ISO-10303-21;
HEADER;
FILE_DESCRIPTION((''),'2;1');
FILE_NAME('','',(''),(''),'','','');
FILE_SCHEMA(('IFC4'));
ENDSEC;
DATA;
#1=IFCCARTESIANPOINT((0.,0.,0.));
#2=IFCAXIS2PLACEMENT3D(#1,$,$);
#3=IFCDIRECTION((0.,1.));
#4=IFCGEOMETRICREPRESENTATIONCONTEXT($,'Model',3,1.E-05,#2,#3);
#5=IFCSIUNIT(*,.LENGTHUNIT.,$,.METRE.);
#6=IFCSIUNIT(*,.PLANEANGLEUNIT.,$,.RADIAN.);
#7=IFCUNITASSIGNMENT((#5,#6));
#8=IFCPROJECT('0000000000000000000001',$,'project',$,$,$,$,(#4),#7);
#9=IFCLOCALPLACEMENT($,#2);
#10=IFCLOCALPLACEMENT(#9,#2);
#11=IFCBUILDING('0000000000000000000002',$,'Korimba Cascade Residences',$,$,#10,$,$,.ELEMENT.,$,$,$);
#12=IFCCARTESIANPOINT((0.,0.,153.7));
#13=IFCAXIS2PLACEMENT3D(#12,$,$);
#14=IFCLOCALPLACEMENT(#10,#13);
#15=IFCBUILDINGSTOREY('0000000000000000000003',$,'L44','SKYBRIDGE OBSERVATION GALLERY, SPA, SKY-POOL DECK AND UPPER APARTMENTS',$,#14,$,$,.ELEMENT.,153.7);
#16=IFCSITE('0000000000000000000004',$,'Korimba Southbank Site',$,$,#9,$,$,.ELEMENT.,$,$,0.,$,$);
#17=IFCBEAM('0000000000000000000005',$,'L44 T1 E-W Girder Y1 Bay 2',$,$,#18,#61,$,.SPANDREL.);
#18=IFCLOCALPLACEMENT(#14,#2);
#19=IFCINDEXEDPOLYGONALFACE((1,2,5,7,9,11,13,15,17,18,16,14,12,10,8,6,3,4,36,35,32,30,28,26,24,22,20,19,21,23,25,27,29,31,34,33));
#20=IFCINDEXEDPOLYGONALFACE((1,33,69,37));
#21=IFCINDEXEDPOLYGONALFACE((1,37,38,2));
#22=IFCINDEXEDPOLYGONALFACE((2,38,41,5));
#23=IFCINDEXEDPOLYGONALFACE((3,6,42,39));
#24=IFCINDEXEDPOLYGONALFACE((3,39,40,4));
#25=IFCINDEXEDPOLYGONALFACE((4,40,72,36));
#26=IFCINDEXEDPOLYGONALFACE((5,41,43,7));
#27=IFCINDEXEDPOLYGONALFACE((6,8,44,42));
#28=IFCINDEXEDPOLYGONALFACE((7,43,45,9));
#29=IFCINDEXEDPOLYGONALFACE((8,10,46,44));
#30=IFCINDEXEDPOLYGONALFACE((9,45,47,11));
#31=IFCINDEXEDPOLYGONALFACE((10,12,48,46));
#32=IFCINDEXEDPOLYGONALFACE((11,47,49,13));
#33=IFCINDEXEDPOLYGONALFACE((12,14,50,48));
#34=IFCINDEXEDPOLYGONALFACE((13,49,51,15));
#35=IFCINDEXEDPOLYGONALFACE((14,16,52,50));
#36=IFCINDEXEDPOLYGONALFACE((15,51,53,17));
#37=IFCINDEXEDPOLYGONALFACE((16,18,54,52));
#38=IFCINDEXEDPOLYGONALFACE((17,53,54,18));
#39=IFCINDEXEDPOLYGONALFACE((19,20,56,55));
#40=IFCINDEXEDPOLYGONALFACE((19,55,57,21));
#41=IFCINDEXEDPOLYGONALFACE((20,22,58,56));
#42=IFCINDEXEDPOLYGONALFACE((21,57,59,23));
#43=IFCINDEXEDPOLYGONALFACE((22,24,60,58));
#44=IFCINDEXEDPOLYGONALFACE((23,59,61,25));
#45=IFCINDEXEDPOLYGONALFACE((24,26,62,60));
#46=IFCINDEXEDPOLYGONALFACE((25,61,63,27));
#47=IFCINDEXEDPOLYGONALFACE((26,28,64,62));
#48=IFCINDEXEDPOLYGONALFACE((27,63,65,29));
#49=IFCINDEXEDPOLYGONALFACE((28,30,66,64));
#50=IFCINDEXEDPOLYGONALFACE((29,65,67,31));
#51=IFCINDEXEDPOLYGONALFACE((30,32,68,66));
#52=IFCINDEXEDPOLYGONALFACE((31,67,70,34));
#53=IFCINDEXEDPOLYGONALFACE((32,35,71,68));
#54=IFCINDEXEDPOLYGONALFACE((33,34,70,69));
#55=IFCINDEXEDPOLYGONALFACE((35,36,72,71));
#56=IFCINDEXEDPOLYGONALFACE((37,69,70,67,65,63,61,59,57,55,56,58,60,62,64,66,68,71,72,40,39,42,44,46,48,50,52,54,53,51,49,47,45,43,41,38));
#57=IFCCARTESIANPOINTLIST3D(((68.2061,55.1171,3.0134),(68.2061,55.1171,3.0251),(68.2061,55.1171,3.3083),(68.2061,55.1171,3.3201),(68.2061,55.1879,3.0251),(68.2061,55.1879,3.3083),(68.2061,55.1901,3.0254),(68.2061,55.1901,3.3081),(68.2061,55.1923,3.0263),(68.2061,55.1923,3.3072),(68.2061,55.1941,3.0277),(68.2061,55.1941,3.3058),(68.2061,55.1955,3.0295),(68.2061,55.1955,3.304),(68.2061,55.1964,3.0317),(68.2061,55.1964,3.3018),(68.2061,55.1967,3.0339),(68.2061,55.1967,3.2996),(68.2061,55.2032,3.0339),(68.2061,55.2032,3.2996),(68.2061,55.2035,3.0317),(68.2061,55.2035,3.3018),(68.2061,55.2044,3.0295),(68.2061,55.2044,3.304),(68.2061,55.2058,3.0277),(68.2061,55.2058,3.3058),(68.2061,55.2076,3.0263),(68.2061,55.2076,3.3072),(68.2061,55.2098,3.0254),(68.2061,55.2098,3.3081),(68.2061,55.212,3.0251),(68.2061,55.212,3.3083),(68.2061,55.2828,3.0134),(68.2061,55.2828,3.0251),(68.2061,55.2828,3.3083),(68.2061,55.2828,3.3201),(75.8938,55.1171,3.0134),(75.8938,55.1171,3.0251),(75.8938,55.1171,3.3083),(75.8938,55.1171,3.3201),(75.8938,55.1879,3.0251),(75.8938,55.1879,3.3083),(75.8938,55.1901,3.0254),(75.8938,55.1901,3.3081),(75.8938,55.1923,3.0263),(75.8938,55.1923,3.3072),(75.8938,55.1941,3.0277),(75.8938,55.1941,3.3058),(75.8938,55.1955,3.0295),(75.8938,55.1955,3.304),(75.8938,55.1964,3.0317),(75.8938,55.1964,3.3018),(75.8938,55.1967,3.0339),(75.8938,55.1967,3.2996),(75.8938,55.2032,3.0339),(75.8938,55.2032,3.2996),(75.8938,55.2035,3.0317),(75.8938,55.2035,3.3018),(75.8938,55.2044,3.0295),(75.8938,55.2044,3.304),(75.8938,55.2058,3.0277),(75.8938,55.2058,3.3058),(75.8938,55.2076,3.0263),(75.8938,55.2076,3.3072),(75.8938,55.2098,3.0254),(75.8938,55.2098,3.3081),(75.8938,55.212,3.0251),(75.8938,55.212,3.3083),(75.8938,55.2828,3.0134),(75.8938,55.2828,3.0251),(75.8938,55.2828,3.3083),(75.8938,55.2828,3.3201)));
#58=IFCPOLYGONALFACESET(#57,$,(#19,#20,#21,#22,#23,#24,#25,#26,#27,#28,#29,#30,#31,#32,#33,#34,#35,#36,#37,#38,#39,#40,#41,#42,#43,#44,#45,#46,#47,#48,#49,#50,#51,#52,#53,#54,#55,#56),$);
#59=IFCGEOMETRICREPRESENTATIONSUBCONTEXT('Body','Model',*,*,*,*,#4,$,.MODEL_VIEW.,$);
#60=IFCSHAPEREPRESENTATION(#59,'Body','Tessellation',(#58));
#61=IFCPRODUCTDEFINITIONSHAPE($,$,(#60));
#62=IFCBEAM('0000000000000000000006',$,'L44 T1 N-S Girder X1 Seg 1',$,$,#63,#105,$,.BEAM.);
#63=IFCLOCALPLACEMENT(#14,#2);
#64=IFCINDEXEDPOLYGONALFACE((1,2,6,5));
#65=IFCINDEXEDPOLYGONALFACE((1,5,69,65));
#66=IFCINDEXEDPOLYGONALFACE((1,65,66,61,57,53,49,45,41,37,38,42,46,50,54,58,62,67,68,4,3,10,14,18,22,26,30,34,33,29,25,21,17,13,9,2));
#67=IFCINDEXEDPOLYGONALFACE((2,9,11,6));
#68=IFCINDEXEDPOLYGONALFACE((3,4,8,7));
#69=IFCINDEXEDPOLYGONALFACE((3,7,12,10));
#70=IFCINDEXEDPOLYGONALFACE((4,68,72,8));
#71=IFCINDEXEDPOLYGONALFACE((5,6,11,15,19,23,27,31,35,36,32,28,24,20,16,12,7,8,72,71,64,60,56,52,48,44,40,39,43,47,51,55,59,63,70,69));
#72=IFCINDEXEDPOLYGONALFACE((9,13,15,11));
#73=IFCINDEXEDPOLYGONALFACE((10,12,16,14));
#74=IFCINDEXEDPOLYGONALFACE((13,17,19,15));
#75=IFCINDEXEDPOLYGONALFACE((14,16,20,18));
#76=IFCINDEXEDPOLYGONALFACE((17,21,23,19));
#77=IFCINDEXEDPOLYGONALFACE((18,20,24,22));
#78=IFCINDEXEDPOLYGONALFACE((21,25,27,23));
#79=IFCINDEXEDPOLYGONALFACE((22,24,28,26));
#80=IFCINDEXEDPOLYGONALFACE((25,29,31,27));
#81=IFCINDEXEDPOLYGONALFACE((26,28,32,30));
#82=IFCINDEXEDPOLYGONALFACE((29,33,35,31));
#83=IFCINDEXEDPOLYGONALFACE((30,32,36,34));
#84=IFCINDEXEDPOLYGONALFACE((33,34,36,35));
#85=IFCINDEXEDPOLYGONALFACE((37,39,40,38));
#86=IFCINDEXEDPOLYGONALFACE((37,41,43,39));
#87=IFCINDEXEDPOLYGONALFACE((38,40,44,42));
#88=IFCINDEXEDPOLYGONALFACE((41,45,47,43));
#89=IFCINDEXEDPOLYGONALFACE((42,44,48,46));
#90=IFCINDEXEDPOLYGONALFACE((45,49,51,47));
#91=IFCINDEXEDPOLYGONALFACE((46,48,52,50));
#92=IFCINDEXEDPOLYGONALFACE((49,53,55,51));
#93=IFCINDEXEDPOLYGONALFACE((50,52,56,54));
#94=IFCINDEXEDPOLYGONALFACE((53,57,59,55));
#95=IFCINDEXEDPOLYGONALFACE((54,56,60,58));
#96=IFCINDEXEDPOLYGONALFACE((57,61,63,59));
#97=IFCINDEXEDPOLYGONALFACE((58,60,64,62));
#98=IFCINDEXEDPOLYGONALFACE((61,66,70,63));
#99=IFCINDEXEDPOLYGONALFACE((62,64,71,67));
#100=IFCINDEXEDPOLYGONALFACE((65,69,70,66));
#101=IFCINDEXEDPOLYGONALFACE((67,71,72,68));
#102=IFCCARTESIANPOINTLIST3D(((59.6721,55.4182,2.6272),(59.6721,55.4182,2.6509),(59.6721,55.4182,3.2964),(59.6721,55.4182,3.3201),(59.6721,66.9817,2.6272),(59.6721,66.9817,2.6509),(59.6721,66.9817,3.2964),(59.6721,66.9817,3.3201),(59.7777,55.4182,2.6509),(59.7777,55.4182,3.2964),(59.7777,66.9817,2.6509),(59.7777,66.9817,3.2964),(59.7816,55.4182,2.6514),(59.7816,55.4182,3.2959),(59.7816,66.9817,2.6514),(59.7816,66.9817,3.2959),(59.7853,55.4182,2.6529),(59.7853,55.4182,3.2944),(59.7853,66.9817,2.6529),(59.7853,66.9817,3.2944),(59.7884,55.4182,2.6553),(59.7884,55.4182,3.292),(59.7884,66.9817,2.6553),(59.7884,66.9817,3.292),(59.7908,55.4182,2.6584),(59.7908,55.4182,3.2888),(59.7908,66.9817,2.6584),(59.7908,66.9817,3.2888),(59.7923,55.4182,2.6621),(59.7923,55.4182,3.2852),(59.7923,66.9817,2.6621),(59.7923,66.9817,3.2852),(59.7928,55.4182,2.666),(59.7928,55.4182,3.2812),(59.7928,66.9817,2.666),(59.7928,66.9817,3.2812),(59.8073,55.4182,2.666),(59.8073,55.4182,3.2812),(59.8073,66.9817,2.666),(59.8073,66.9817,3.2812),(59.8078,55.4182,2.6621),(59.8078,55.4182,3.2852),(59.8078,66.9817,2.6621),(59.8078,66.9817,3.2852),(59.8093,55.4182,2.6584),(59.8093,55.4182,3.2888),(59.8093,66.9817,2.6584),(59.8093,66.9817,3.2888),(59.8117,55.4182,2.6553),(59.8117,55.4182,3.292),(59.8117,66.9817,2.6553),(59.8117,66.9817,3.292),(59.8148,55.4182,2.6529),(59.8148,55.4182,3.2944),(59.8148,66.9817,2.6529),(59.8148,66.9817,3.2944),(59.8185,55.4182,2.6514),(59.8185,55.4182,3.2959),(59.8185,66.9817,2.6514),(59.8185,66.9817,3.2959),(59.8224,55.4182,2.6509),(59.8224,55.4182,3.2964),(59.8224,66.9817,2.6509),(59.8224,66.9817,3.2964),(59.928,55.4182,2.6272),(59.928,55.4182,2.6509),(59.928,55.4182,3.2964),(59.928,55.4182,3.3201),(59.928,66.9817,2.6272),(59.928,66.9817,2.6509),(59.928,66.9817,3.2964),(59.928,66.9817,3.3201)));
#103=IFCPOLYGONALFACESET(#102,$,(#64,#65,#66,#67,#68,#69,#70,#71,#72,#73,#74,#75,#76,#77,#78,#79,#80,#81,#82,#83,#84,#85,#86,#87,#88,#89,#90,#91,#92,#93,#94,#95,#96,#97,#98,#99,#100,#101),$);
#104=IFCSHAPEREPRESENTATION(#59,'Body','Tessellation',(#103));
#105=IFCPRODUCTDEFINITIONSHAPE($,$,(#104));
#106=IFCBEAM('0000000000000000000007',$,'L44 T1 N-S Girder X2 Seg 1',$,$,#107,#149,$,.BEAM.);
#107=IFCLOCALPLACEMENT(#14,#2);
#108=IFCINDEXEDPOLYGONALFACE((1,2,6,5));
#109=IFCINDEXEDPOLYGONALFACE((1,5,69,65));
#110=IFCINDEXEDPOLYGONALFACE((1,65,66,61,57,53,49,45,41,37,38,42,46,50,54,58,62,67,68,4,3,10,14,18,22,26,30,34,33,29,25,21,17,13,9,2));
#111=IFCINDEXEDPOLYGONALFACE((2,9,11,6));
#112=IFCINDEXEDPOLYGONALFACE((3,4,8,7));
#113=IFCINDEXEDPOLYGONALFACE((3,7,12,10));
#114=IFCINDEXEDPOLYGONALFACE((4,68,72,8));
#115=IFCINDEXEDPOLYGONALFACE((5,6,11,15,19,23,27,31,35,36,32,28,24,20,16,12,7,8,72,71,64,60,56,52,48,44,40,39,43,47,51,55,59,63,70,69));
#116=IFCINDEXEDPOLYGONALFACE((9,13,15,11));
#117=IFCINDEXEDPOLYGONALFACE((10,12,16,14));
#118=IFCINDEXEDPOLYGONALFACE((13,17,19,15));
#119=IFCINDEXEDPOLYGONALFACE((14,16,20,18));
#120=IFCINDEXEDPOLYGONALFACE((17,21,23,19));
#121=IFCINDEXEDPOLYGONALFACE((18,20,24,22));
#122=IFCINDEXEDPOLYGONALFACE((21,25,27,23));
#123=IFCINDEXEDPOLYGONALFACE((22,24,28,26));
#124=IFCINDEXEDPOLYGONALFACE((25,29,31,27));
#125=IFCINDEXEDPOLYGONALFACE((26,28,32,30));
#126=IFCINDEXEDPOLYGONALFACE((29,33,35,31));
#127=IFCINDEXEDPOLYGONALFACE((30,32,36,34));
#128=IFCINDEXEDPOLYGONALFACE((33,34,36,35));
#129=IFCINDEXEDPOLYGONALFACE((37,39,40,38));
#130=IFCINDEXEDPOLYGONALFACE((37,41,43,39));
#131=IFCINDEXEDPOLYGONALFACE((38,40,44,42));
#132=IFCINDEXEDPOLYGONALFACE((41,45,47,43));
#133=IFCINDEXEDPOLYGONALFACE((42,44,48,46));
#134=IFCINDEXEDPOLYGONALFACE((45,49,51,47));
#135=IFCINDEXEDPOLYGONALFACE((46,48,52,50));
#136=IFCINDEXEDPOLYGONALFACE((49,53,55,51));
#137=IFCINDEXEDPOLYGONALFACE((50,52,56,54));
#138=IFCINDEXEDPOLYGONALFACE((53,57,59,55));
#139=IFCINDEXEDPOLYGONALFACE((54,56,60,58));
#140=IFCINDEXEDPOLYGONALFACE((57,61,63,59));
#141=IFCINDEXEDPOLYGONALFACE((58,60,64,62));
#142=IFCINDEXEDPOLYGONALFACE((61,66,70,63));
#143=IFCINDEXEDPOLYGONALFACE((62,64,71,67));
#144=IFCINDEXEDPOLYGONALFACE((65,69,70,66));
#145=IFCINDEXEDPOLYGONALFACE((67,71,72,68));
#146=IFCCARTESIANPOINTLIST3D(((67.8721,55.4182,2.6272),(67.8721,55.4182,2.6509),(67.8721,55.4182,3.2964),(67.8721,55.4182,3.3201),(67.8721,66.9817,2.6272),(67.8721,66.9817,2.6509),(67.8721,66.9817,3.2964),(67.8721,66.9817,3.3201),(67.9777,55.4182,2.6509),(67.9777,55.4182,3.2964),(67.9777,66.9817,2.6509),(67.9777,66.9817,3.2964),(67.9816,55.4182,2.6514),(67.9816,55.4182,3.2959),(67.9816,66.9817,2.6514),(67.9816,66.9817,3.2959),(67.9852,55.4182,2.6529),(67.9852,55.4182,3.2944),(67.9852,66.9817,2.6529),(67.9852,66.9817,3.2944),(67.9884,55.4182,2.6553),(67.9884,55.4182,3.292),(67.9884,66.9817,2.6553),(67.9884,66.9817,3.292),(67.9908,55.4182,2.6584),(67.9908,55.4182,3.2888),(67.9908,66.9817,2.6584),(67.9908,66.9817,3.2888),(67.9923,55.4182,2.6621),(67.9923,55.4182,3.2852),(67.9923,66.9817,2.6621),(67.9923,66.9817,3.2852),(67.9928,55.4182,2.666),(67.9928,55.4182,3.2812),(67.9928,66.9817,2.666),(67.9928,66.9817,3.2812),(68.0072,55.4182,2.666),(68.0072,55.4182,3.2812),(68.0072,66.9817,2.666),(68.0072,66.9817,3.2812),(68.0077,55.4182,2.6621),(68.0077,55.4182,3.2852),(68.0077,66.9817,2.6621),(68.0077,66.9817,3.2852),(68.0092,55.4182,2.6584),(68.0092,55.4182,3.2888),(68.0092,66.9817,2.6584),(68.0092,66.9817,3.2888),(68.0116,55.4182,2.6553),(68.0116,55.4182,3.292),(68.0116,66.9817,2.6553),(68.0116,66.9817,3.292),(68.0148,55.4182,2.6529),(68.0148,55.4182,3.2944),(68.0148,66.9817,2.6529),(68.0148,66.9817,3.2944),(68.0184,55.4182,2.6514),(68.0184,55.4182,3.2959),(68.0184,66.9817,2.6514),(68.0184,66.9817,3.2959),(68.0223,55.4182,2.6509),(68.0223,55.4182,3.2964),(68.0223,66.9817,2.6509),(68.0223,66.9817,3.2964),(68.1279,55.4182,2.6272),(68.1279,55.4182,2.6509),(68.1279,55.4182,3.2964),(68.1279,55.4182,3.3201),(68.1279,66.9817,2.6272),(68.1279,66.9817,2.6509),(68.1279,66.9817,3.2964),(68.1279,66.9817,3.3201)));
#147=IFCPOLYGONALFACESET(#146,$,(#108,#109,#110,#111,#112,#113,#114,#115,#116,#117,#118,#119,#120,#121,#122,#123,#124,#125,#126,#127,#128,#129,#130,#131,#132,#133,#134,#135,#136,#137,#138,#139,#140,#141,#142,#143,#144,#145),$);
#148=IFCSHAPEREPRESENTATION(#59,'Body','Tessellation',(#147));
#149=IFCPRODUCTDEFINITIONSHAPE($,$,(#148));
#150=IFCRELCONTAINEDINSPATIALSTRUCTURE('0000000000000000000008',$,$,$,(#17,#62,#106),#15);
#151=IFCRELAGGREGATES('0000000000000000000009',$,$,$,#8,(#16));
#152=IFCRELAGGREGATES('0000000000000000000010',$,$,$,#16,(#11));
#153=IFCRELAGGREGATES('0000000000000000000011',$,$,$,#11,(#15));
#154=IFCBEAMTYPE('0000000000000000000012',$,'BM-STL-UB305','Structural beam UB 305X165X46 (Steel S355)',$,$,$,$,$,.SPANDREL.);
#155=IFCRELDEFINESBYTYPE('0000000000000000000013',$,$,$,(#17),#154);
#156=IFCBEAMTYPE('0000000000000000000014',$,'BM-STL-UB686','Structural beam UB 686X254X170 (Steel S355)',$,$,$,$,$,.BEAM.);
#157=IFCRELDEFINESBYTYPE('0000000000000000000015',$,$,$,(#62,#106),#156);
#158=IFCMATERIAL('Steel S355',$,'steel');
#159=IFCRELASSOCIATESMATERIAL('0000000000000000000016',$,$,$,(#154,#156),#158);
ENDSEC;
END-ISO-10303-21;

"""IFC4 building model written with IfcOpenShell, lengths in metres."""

from ifc_helpers import new_model, si_unit, direction, frame, origin, origin_2d, place, context, subcontext, project, spatial, i_section, extrude, material, material_profile, profile_set, type_object, element, save


model = new_model("IFC4")

# Units and contexts
model_context = context("Model", 3, precision=1e-05, world=origin(), true_north=direction((0.0, 1.0)))
body_context = subcontext(model_context, "Body", "Model", "MODEL_VIEW")
ifc_project = project(units=[si_unit("LENGTHUNIT", "METRE"), si_unit("PLANEANGLEUNIT", "RADIAN")], contexts=[model_context])

# Site, building, storey
site_placement = place(None, origin())
site = spatial("IfcSite", under=ifc_project, at=site_placement, Name="Korimba Southbank Site", CompositionType="ELEMENT", RefElevation=0.0)
building_placement = place(site_placement, origin())
building = spatial("IfcBuilding", under=site, at=building_placement, Name="Korimba Cascade Residences", CompositionType="ELEMENT")
storey_placement = place(building_placement, frame((0.0, 0.0, 153.7)))
storey = spatial("IfcBuildingStorey", under=building, at=storey_placement, Name="L44", Description="SKYBRIDGE OBSERVATION GALLERY, SPA, SKY-POOL DECK AND UPPER APARTMENTS", CompositionType="ELEMENT", Elevation=153.7)

# Beams
ifc_material_1 = material(Name="Steel S355", Category="steel")
ifc_material_profile_1 = material_profile(ifc_material_1, i_section(OverallWidth=0.1658, OverallDepth=0.3066, WebThickness=0.0066, FlangeThickness=0.0117, FilletRadius=0.0088, at=origin_2d()), Name="Steel S355")
ifc_profile_set_1 = profile_set([ifc_material_profile_1], Name="Steel S355")
beam_type_1 = type_object("IfcBeamType", Name="BM-STL-UB305", Description="Structural beam UB 305X165X46 (Steel S355)", PredefinedType="SPANDREL", material=ifc_profile_set_1)
beam_1_placement = place(storey_placement, frame((68.2061, 55.2, 3.1667), z_axis=(1.0, 0.0, 0.0), x_axis=(0.0, 1.0, 0.0)))
element("IfcBeam", 1, at=beam_1_placement, inside=storey, type_object=beam_type_1, Name="L44 T1 E-W Girder Y1 Bay 2", PredefinedType="SPANDREL", context=body_context, shape_type="SweptSolid", body=[
    extrude(i_section(OverallWidth=0.1658, OverallDepth=0.3066, WebThickness=0.0066, FlangeThickness=0.0117, FilletRadius=0.0088, at=origin_2d()), origin(), (0.0, 0.0, 1.0), 7.6877),
])
ifc_material_profile_2 = material_profile(ifc_material_1, i_section(OverallWidth=0.2559, OverallDepth=0.6929, WebThickness=0.0144, FlangeThickness=0.0237, FilletRadius=0.0151, at=origin_2d()), Name="Steel S355")
ifc_profile_set_2 = profile_set([ifc_material_profile_2], Name="Steel S355")
beam_type_2 = type_object("IfcBeamType", Name="BM-STL-UB686", Description="Structural beam UB 686X254X170 (Steel S355)", PredefinedType="BEAM", material=ifc_profile_set_2)
for number, where, z_axis, x_axis, name in (
    (2, (59.8, 55.4182, 2.9736), (0.0, 1.0, 0.0), (-1.0, 0.0, 0.0), "L44 T1 N-S Girder X1 Seg 1"),
    (3, (68.0, 55.4182, 2.9736), (0.0, 1.0, 0.0), (-1.0, 0.0, 0.0), "L44 T1 N-S Girder X2 Seg 1"),
):
    element("IfcBeam", number, at=place(storey_placement, frame(where, z_axis=z_axis, x_axis=x_axis)), inside=storey, type_object=beam_type_2, Name=name, PredefinedType="BEAM", context=body_context, shape_type="SweptSolid", body=[
        extrude(i_section(OverallWidth=0.2559, OverallDepth=0.6929, WebThickness=0.0144, FlangeThickness=0.0237, FilletRadius=0.0151, at=origin_2d()), origin(), (0.0, 0.0, 1.0), 11.5635),
    ])

save(model, "model.ifc")
